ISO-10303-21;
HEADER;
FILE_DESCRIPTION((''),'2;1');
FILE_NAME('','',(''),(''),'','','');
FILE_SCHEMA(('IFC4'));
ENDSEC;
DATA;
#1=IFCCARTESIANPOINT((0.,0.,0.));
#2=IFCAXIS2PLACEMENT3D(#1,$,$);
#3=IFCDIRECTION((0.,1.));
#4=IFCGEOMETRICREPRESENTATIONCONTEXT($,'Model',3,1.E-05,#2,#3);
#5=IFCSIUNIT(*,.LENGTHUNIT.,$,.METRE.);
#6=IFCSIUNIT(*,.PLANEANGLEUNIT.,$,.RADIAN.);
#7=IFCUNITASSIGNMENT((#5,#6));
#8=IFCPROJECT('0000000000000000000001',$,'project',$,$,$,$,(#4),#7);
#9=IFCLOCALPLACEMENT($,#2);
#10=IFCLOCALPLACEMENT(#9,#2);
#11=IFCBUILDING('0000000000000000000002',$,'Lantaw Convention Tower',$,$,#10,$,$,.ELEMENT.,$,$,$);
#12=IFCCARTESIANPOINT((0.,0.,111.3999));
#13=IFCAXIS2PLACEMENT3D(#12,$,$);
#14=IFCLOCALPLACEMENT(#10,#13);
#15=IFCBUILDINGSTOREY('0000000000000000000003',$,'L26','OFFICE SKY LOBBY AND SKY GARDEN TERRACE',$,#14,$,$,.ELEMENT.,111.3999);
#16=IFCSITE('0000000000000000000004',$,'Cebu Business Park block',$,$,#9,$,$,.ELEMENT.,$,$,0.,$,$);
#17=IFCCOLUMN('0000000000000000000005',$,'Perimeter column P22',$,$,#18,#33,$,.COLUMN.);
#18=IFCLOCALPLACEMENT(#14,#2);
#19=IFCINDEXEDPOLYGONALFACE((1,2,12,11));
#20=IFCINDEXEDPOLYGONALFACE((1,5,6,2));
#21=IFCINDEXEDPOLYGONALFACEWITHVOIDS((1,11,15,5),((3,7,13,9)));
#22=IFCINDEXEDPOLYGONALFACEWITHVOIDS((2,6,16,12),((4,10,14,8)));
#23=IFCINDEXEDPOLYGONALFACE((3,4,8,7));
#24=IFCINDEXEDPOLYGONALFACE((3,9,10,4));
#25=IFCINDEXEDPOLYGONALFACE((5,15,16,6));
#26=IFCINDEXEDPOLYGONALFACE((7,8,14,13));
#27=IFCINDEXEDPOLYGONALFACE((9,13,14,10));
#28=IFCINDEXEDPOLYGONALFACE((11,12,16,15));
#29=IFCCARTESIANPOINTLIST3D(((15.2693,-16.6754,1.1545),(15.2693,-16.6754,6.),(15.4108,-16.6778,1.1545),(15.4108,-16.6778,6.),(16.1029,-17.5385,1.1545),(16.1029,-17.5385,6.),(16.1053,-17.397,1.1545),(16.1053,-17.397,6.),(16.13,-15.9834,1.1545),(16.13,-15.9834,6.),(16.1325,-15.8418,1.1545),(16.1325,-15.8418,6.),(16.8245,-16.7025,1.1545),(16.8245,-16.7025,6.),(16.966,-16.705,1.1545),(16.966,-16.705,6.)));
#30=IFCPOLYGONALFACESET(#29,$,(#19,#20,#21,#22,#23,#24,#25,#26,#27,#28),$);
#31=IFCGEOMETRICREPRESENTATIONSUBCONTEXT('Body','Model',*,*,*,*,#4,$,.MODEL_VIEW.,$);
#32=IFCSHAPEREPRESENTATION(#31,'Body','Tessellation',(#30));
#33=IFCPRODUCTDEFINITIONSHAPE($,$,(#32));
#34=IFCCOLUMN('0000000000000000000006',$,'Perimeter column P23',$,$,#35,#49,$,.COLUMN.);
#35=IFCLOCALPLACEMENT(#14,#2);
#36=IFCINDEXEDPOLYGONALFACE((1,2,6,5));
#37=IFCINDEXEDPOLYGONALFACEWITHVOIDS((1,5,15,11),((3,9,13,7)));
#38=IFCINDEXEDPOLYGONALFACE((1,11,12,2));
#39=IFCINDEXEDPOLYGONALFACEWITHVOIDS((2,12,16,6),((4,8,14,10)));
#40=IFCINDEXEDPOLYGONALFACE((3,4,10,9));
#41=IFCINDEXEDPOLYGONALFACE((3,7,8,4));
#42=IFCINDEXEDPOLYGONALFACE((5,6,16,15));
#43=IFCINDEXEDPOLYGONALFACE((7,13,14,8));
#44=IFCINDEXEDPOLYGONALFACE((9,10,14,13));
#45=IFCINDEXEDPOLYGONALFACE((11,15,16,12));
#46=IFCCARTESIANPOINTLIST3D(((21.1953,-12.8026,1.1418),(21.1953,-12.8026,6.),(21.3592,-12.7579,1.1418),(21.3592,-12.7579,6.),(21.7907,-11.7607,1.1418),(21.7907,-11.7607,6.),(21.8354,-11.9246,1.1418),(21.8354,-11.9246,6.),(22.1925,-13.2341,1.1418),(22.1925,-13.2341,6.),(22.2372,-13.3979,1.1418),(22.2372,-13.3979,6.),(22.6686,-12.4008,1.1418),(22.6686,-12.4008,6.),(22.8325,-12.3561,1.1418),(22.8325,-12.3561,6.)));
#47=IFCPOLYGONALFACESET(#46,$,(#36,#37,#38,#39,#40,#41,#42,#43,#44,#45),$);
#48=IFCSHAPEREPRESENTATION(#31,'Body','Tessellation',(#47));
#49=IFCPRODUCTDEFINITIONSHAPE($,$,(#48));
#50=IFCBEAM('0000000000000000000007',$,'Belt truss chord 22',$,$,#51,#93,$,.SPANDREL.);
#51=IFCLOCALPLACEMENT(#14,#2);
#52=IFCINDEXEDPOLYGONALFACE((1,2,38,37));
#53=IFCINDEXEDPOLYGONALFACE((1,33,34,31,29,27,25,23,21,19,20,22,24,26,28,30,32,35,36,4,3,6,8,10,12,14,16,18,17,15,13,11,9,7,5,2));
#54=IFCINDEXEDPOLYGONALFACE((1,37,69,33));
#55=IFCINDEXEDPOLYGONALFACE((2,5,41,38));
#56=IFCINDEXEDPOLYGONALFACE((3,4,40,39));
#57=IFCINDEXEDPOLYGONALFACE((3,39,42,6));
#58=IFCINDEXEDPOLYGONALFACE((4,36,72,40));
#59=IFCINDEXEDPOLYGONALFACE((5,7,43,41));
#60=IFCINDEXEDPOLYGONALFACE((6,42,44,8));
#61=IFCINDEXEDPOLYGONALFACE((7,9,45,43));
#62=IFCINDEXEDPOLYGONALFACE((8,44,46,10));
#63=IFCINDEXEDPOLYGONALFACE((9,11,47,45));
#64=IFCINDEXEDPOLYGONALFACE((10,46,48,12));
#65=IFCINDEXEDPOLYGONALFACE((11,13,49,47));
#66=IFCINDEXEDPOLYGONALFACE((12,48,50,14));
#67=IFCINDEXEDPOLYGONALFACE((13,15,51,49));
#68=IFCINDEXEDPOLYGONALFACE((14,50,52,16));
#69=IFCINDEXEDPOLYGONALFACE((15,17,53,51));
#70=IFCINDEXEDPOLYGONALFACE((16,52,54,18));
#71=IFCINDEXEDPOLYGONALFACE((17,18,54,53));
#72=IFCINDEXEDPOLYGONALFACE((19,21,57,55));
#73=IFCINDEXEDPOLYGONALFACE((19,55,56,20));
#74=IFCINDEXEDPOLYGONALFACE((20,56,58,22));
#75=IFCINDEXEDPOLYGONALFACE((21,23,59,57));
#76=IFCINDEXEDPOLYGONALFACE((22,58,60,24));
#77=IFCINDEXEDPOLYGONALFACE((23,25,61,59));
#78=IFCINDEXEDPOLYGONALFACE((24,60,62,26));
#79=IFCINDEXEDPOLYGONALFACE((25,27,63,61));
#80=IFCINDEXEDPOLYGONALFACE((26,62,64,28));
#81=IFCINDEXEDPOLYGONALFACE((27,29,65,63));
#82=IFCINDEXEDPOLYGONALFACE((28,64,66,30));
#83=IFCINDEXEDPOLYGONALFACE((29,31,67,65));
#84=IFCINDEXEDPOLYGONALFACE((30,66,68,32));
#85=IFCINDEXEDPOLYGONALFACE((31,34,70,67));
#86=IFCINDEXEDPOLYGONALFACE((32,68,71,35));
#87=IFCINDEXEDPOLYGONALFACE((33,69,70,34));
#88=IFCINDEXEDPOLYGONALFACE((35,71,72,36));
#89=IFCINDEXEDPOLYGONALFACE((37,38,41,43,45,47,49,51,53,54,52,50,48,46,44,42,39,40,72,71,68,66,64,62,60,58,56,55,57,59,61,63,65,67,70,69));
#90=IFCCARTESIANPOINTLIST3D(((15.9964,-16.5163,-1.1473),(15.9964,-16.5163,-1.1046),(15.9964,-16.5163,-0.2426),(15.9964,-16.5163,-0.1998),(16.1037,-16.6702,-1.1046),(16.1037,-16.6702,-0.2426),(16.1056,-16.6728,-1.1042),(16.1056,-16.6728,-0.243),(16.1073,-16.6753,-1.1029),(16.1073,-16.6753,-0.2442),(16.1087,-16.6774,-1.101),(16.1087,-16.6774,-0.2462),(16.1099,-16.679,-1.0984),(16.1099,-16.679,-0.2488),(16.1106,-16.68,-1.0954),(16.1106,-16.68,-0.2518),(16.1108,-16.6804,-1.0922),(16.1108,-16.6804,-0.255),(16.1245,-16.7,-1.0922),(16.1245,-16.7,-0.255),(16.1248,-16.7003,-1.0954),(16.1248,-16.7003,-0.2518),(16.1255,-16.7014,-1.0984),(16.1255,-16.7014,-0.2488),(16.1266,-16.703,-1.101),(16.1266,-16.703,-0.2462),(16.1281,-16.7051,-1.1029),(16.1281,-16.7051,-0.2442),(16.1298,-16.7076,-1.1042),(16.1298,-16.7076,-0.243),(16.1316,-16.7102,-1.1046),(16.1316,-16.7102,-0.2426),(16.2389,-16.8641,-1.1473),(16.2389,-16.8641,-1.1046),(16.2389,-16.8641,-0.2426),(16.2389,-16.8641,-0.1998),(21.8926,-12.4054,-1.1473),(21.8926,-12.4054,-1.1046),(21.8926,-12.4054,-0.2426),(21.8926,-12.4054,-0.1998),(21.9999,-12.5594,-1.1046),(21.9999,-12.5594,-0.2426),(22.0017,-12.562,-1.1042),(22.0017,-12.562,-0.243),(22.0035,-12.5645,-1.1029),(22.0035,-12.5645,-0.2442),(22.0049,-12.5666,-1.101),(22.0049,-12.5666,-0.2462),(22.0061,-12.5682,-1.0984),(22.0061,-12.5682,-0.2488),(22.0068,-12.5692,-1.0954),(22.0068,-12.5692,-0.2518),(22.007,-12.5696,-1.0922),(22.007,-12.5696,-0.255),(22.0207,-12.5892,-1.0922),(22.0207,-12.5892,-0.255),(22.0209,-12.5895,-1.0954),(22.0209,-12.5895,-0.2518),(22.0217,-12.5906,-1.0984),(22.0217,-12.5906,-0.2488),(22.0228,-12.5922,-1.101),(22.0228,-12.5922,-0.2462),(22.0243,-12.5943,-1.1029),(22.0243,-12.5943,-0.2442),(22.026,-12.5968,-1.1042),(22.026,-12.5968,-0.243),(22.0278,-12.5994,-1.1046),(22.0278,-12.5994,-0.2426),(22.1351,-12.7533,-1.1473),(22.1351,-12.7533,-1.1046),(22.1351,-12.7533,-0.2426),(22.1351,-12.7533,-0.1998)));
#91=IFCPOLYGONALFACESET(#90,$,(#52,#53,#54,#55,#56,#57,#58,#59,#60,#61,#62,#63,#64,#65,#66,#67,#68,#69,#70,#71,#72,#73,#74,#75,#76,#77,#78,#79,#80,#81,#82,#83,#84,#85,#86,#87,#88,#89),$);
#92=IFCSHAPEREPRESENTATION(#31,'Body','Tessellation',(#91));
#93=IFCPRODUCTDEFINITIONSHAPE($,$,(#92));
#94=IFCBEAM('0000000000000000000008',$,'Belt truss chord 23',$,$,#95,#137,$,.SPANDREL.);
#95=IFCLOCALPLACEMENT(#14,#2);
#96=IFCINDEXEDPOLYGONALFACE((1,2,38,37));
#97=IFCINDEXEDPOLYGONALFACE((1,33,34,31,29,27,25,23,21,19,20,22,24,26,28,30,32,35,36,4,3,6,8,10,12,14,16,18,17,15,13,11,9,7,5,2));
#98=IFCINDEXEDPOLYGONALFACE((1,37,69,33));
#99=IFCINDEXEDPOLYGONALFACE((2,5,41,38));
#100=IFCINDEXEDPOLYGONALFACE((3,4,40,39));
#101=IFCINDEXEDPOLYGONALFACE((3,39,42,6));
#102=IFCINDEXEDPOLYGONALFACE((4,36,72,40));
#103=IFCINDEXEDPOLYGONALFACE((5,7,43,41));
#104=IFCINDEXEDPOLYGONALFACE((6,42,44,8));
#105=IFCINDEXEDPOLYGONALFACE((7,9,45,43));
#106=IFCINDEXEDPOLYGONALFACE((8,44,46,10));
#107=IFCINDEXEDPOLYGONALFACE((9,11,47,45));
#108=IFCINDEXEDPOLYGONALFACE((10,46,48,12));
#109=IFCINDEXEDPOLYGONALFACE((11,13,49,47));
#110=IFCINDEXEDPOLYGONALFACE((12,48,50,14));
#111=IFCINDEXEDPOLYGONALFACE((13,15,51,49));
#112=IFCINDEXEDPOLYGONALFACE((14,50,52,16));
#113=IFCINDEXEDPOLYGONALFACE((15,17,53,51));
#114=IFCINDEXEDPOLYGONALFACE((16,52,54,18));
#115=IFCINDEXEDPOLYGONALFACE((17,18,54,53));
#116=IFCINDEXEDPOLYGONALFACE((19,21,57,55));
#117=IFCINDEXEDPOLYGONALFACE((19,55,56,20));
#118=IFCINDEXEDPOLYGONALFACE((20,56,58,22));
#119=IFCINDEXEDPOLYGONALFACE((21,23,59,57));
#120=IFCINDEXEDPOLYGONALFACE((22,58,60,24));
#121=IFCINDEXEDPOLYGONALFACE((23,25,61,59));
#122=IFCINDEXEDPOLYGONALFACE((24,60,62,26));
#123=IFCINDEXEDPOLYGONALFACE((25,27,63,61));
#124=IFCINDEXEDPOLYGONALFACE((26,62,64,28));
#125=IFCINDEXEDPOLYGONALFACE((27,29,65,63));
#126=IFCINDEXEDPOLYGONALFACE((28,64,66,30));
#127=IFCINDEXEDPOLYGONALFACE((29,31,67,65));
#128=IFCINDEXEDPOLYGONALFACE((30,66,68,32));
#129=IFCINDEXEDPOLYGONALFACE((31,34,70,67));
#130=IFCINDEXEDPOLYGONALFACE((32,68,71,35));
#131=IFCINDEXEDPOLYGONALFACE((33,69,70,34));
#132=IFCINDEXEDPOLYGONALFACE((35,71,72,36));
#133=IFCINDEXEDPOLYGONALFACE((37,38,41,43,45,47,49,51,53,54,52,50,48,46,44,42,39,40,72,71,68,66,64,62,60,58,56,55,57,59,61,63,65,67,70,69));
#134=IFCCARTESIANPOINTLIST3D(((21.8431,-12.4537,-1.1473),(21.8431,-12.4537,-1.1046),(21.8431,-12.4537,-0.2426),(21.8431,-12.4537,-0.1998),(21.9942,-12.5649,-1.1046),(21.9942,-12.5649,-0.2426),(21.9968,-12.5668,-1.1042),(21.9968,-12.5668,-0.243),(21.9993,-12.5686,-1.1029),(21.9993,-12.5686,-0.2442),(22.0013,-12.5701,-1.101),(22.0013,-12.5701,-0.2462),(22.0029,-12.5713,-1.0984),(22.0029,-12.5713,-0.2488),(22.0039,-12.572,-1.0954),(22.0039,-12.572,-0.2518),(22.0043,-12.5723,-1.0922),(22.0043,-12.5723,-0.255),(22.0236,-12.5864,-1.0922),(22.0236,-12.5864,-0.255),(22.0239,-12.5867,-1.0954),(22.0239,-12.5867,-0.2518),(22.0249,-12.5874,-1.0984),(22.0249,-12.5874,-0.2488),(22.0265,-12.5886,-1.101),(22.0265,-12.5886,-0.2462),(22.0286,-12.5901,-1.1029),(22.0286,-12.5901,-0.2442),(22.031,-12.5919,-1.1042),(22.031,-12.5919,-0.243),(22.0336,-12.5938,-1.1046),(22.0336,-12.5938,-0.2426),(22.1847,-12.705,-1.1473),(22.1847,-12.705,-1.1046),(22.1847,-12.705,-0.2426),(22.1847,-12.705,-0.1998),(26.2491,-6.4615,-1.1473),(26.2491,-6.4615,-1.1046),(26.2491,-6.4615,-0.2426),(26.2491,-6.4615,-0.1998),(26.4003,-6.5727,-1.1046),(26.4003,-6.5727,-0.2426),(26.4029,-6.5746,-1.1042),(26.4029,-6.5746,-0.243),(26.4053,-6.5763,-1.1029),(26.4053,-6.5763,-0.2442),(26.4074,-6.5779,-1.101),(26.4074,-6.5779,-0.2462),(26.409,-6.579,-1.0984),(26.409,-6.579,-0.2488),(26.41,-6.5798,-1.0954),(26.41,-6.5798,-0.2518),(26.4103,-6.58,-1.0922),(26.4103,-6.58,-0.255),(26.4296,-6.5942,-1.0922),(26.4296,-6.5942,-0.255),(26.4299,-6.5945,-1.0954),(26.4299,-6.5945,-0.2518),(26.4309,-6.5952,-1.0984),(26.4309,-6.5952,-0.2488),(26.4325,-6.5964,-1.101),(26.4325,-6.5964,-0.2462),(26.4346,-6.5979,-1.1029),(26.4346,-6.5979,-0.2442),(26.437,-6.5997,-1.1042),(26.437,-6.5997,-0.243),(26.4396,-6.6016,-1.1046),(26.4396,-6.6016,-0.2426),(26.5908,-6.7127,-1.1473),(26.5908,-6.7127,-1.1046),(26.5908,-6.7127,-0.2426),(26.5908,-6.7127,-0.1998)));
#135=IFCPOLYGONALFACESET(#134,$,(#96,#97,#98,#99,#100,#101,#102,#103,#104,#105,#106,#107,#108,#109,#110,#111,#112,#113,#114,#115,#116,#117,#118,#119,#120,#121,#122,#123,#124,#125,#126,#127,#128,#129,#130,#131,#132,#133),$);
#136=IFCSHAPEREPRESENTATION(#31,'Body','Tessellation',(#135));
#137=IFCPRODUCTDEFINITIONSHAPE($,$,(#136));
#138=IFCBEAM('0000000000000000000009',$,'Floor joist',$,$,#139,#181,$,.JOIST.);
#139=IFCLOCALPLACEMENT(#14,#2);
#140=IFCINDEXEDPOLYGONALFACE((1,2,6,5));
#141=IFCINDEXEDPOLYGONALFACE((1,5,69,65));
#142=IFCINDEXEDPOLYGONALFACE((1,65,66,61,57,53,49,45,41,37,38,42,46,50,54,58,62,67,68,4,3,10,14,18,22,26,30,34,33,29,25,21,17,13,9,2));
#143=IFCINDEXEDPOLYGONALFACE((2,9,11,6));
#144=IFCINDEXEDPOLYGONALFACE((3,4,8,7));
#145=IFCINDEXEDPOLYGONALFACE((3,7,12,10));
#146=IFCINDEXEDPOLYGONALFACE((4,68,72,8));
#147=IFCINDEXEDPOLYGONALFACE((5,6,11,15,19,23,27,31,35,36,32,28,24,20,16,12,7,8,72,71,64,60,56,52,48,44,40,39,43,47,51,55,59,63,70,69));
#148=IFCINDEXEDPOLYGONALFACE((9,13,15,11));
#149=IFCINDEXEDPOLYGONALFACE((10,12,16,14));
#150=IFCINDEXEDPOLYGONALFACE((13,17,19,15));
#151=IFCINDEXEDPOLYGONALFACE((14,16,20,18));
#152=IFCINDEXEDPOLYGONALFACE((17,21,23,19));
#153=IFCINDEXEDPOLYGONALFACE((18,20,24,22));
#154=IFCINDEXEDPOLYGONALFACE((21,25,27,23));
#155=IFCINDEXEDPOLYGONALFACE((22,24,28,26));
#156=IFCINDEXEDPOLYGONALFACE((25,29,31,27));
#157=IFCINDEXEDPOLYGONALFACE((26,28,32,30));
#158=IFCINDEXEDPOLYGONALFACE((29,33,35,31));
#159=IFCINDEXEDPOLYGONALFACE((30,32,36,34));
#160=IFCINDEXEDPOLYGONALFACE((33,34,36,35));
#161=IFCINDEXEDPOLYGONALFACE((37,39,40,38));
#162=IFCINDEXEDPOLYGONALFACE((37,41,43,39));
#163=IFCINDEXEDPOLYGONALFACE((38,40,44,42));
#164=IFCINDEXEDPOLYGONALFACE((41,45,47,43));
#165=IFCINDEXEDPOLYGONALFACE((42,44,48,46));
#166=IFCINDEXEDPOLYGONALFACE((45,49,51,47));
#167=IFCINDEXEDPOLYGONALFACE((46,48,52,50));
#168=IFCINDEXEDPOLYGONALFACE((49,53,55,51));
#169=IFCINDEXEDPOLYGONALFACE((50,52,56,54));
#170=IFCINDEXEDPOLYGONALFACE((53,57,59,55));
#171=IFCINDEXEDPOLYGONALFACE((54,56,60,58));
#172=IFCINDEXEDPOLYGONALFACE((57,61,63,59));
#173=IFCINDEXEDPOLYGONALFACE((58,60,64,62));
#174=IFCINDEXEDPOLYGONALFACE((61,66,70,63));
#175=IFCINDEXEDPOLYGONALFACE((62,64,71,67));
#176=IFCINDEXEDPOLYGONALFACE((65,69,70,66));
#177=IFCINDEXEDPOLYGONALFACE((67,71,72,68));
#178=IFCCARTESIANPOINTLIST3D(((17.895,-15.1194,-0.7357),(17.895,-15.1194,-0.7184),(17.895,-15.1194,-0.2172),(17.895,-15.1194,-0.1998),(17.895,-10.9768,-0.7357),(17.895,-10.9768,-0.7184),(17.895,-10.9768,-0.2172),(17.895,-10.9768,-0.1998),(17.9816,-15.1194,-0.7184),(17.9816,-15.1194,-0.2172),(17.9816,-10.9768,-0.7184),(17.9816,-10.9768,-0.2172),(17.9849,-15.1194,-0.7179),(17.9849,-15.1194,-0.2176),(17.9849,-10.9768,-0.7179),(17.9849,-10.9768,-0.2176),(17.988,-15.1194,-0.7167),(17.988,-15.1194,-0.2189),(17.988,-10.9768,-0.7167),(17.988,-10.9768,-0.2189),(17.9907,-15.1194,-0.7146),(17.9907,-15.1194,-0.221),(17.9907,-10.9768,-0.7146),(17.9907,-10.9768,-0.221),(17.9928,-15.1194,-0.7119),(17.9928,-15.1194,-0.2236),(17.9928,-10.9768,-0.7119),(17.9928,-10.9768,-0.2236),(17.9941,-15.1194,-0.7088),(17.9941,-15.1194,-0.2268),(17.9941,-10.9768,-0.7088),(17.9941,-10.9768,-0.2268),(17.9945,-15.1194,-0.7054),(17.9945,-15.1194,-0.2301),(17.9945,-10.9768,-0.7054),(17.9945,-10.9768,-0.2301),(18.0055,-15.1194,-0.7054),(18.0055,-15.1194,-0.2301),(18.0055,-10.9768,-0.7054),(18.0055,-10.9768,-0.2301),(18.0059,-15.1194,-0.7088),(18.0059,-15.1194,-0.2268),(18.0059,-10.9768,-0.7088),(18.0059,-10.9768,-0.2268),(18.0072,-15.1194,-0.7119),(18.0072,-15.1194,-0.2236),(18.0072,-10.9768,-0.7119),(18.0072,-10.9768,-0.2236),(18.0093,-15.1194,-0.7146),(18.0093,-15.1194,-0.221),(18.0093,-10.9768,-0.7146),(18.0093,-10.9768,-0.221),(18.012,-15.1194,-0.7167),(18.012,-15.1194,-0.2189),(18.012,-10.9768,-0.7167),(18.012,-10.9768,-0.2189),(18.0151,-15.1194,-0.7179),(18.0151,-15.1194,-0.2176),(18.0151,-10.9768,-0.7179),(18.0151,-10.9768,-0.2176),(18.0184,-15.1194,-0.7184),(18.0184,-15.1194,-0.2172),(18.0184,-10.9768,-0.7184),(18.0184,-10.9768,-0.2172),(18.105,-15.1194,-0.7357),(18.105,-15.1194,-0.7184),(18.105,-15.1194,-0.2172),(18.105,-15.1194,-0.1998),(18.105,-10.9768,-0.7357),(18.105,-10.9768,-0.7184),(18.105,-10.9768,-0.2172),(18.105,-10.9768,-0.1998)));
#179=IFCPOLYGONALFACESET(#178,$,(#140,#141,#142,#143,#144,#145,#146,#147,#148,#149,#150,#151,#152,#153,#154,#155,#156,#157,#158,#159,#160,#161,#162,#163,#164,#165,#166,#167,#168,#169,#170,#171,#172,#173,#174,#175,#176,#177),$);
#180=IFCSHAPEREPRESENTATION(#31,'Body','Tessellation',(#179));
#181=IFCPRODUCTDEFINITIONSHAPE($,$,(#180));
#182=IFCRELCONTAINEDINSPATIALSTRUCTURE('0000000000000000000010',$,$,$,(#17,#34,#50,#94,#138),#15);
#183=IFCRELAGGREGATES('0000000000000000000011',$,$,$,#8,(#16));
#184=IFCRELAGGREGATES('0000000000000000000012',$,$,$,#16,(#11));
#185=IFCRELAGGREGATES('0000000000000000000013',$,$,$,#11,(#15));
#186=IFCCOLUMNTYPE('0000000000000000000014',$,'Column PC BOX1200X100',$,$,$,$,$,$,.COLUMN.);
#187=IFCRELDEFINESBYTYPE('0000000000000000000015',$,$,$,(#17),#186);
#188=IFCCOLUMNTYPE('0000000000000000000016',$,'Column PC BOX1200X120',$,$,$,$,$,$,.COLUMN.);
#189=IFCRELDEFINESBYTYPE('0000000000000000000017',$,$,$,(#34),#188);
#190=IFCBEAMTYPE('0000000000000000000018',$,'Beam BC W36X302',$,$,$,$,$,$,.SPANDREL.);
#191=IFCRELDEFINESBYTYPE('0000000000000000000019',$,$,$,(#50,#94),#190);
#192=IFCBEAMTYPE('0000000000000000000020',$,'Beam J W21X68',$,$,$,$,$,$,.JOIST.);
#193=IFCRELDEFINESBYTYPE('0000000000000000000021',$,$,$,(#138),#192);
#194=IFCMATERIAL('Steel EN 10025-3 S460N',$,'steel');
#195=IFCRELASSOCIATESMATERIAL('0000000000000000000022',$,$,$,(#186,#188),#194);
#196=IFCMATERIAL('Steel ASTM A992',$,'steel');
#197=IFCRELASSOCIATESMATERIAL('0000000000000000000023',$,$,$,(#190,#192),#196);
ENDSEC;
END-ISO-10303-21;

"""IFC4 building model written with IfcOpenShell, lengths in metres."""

from ifc_helpers import new_model, si_unit, direction, frame, origin, origin_2d, place, context, subcontext, project, spatial, rectangle, hollow_rectangle, i_section, extrude, material, material_profile, profile_set, type_object, element, save


model = new_model("IFC4")

# Units and contexts
model_context = context("Model", 3, precision=1e-05, world=origin(), true_north=direction((0.0, 1.0)))
body_context = subcontext(model_context, "Body", "Model", "MODEL_VIEW")
ifc_project = project(units=[si_unit("LENGTHUNIT", "METRE"), si_unit("PLANEANGLEUNIT", "RADIAN")], contexts=[model_context])

# Site, building, storey
site_placement = place(None, origin())
site = spatial("IfcSite", under=ifc_project, at=site_placement, Name="Cebu Business Park block", CompositionType="ELEMENT", RefElevation=0.0)
building_placement = place(site_placement, origin())
building = spatial("IfcBuilding", under=site, at=building_placement, Name="Lantaw Convention Tower", CompositionType="ELEMENT")
storey_placement = place(building_placement, frame((0.0, 0.0, 111.3999)))
storey = spatial("IfcBuildingStorey", under=building, at=storey_placement, Name="L26", Description="OFFICE SKY LOBBY AND SKY GARDEN TERRACE", CompositionType="ELEMENT", Elevation=111.3999)

# Columns
ifc_material_1 = material(Name="Steel EN 10025-3 S460N", Category="steel")
ifc_material_profile_1 = material_profile(ifc_material_1, hollow_rectangle(XDim=1.2, YDim=1.2, WallThickness=0.1001, at=origin_2d()), Name="BOX1200X100")
ifc_material_2 = material(Name="Concrete C60/75", Category="concrete")
ifc_material_profile_2 = material_profile(ifc_material_2, rectangle(XDim=1.0, YDim=1.0, at=origin_2d()), Name="Concrete fill of BOX1200X100")
ifc_profile_set_1 = profile_set([ifc_material_profile_1, ifc_material_profile_2], Name="Steel EN 10025-3 S460N")
column_type_1 = type_object("IfcColumnType", Name="Column PC BOX1200X100", PredefinedType="COLUMN", material=ifc_profile_set_1)
column_1_placement = place(storey_placement, frame((16.1177, -16.6902, 1.1545), z_axis=(0.0, 0.0, 1.0), x_axis=(0.71934, 0.694658, 0.0)))
element("IfcColumn", 1, at=column_1_placement, inside=storey, type_object=column_type_1, Name="Perimeter column P22", PredefinedType="COLUMN", context=body_context, shape_type="SweptSolid", body=[
    extrude(hollow_rectangle(XDim=1.2, YDim=1.2, WallThickness=0.1001, at=origin_2d()), origin(), (0.0, 0.0, 1.0), 4.8455),
])
ifc_material_profile_3 = material_profile(ifc_material_1, hollow_rectangle(XDim=1.2, YDim=1.2, WallThickness=0.1201, at=origin_2d()), Name="BOX1200X120")
ifc_material_profile_4 = material_profile(ifc_material_2, rectangle(XDim=0.96, YDim=0.96, at=origin_2d()), Name="Concrete fill of BOX1200X120")
ifc_profile_set_2 = profile_set([ifc_material_profile_3, ifc_material_profile_4], Name="Steel EN 10025-3 S460N")
column_type_2 = type_object("IfcColumnType", Name="Column PC BOX1200X120", PredefinedType="COLUMN", material=ifc_profile_set_2)
column_2_placement = place(storey_placement, frame((22.0139, -12.5793, 1.1418), z_axis=(0.0, 0.0, 1.0), x_axis=(0.496139, 0.868243, 0.0)))
element("IfcColumn", 2, at=column_2_placement, inside=storey, type_object=column_type_2, Name="Perimeter column P23", PredefinedType="COLUMN", context=body_context, shape_type="SweptSolid", body=[
    extrude(hollow_rectangle(XDim=1.2, YDim=1.2, WallThickness=0.1201, at=origin_2d()), origin(), (0.0, 0.0, 1.0), 4.8582),
])

# Beams
ifc_material_3 = material(Name="Steel ASTM A992", Category="steel")
ifc_material_profile_5 = material_profile(ifc_material_3, i_section(OverallWidth=0.4241, OverallDepth=0.9475, WebThickness=0.0239, FlangeThickness=0.0427, FilletRadius=0.0125, at=origin_2d()), Name="W36X302")
ifc_profile_set_3 = profile_set([ifc_material_profile_5], Name="Steel ASTM A992")
beam_type_1 = type_object("IfcBeamType", Name="Beam BC W36X302", PredefinedType="SPANDREL", material=ifc_profile_set_3)
beam_1_placement = place(storey_placement, frame((16.1177, -16.6902, -0.6736), z_axis=(0.820311, 0.571918, 0.0), x_axis=(-0.571918, 0.820311, 0.0)))
element("IfcBeam", 3, at=beam_1_placement, inside=storey, type_object=beam_type_1, Name="Belt truss chord 22", PredefinedType="SPANDREL", context=body_context, shape_type="SweptSolid", body=[
    extrude(i_section(OverallWidth=0.4241, OverallDepth=0.9475, WebThickness=0.0239, FlangeThickness=0.0427, FilletRadius=0.0125, at=origin_2d()), origin(), (0.0, 0.0, 1.0), 7.1877),
])
beam_2_placement = place(storey_placement, frame((22.0139, -12.5793, -0.6736), z_axis=(0.592389, 0.805652, 0.0), x_axis=(-0.805652, 0.592389, 0.0)))
element("IfcBeam", 4, at=beam_2_placement, inside=storey, type_object=beam_type_1, Name="Belt truss chord 23", PredefinedType="SPANDREL", context=body_context, shape_type="SweptSolid", body=[
    extrude(i_section(OverallWidth=0.4241, OverallDepth=0.9475, WebThickness=0.0239, FlangeThickness=0.0427, FilletRadius=0.0125, at=origin_2d()), origin(), (0.0, 0.0, 1.0), 7.4377),
])
ifc_material_profile_6 = material_profile(ifc_material_3, i_section(OverallWidth=0.21, OverallDepth=0.5359, WebThickness=0.011, FlangeThickness=0.0173, FilletRadius=0.0129, at=origin_2d()), Name="W21X68")
ifc_profile_set_4 = profile_set([ifc_material_profile_6], Name="Steel ASTM A992")
beam_type_2 = type_object("IfcBeamType", Name="Beam J W21X68", PredefinedType="JOIST", material=ifc_profile_set_4)
beam_3_placement = place(storey_placement, frame((18.0, -15.1194, -0.4678), z_axis=(0.0, 1.0, 0.0), x_axis=(-1.0, 0.0, 0.0)))
element("IfcBeam", 5, at=beam_3_placement, inside=storey, type_object=beam_type_2, Name="Floor joist", PredefinedType="JOIST", context=body_context, shape_type="SweptSolid", body=[
    extrude(i_section(OverallWidth=0.21, OverallDepth=0.5359, WebThickness=0.011, FlangeThickness=0.0173, FilletRadius=0.0129, at=origin_2d()), origin(), (0.0, 0.0, 1.0), 4.1426),
])

save(model, "model.ifc")
